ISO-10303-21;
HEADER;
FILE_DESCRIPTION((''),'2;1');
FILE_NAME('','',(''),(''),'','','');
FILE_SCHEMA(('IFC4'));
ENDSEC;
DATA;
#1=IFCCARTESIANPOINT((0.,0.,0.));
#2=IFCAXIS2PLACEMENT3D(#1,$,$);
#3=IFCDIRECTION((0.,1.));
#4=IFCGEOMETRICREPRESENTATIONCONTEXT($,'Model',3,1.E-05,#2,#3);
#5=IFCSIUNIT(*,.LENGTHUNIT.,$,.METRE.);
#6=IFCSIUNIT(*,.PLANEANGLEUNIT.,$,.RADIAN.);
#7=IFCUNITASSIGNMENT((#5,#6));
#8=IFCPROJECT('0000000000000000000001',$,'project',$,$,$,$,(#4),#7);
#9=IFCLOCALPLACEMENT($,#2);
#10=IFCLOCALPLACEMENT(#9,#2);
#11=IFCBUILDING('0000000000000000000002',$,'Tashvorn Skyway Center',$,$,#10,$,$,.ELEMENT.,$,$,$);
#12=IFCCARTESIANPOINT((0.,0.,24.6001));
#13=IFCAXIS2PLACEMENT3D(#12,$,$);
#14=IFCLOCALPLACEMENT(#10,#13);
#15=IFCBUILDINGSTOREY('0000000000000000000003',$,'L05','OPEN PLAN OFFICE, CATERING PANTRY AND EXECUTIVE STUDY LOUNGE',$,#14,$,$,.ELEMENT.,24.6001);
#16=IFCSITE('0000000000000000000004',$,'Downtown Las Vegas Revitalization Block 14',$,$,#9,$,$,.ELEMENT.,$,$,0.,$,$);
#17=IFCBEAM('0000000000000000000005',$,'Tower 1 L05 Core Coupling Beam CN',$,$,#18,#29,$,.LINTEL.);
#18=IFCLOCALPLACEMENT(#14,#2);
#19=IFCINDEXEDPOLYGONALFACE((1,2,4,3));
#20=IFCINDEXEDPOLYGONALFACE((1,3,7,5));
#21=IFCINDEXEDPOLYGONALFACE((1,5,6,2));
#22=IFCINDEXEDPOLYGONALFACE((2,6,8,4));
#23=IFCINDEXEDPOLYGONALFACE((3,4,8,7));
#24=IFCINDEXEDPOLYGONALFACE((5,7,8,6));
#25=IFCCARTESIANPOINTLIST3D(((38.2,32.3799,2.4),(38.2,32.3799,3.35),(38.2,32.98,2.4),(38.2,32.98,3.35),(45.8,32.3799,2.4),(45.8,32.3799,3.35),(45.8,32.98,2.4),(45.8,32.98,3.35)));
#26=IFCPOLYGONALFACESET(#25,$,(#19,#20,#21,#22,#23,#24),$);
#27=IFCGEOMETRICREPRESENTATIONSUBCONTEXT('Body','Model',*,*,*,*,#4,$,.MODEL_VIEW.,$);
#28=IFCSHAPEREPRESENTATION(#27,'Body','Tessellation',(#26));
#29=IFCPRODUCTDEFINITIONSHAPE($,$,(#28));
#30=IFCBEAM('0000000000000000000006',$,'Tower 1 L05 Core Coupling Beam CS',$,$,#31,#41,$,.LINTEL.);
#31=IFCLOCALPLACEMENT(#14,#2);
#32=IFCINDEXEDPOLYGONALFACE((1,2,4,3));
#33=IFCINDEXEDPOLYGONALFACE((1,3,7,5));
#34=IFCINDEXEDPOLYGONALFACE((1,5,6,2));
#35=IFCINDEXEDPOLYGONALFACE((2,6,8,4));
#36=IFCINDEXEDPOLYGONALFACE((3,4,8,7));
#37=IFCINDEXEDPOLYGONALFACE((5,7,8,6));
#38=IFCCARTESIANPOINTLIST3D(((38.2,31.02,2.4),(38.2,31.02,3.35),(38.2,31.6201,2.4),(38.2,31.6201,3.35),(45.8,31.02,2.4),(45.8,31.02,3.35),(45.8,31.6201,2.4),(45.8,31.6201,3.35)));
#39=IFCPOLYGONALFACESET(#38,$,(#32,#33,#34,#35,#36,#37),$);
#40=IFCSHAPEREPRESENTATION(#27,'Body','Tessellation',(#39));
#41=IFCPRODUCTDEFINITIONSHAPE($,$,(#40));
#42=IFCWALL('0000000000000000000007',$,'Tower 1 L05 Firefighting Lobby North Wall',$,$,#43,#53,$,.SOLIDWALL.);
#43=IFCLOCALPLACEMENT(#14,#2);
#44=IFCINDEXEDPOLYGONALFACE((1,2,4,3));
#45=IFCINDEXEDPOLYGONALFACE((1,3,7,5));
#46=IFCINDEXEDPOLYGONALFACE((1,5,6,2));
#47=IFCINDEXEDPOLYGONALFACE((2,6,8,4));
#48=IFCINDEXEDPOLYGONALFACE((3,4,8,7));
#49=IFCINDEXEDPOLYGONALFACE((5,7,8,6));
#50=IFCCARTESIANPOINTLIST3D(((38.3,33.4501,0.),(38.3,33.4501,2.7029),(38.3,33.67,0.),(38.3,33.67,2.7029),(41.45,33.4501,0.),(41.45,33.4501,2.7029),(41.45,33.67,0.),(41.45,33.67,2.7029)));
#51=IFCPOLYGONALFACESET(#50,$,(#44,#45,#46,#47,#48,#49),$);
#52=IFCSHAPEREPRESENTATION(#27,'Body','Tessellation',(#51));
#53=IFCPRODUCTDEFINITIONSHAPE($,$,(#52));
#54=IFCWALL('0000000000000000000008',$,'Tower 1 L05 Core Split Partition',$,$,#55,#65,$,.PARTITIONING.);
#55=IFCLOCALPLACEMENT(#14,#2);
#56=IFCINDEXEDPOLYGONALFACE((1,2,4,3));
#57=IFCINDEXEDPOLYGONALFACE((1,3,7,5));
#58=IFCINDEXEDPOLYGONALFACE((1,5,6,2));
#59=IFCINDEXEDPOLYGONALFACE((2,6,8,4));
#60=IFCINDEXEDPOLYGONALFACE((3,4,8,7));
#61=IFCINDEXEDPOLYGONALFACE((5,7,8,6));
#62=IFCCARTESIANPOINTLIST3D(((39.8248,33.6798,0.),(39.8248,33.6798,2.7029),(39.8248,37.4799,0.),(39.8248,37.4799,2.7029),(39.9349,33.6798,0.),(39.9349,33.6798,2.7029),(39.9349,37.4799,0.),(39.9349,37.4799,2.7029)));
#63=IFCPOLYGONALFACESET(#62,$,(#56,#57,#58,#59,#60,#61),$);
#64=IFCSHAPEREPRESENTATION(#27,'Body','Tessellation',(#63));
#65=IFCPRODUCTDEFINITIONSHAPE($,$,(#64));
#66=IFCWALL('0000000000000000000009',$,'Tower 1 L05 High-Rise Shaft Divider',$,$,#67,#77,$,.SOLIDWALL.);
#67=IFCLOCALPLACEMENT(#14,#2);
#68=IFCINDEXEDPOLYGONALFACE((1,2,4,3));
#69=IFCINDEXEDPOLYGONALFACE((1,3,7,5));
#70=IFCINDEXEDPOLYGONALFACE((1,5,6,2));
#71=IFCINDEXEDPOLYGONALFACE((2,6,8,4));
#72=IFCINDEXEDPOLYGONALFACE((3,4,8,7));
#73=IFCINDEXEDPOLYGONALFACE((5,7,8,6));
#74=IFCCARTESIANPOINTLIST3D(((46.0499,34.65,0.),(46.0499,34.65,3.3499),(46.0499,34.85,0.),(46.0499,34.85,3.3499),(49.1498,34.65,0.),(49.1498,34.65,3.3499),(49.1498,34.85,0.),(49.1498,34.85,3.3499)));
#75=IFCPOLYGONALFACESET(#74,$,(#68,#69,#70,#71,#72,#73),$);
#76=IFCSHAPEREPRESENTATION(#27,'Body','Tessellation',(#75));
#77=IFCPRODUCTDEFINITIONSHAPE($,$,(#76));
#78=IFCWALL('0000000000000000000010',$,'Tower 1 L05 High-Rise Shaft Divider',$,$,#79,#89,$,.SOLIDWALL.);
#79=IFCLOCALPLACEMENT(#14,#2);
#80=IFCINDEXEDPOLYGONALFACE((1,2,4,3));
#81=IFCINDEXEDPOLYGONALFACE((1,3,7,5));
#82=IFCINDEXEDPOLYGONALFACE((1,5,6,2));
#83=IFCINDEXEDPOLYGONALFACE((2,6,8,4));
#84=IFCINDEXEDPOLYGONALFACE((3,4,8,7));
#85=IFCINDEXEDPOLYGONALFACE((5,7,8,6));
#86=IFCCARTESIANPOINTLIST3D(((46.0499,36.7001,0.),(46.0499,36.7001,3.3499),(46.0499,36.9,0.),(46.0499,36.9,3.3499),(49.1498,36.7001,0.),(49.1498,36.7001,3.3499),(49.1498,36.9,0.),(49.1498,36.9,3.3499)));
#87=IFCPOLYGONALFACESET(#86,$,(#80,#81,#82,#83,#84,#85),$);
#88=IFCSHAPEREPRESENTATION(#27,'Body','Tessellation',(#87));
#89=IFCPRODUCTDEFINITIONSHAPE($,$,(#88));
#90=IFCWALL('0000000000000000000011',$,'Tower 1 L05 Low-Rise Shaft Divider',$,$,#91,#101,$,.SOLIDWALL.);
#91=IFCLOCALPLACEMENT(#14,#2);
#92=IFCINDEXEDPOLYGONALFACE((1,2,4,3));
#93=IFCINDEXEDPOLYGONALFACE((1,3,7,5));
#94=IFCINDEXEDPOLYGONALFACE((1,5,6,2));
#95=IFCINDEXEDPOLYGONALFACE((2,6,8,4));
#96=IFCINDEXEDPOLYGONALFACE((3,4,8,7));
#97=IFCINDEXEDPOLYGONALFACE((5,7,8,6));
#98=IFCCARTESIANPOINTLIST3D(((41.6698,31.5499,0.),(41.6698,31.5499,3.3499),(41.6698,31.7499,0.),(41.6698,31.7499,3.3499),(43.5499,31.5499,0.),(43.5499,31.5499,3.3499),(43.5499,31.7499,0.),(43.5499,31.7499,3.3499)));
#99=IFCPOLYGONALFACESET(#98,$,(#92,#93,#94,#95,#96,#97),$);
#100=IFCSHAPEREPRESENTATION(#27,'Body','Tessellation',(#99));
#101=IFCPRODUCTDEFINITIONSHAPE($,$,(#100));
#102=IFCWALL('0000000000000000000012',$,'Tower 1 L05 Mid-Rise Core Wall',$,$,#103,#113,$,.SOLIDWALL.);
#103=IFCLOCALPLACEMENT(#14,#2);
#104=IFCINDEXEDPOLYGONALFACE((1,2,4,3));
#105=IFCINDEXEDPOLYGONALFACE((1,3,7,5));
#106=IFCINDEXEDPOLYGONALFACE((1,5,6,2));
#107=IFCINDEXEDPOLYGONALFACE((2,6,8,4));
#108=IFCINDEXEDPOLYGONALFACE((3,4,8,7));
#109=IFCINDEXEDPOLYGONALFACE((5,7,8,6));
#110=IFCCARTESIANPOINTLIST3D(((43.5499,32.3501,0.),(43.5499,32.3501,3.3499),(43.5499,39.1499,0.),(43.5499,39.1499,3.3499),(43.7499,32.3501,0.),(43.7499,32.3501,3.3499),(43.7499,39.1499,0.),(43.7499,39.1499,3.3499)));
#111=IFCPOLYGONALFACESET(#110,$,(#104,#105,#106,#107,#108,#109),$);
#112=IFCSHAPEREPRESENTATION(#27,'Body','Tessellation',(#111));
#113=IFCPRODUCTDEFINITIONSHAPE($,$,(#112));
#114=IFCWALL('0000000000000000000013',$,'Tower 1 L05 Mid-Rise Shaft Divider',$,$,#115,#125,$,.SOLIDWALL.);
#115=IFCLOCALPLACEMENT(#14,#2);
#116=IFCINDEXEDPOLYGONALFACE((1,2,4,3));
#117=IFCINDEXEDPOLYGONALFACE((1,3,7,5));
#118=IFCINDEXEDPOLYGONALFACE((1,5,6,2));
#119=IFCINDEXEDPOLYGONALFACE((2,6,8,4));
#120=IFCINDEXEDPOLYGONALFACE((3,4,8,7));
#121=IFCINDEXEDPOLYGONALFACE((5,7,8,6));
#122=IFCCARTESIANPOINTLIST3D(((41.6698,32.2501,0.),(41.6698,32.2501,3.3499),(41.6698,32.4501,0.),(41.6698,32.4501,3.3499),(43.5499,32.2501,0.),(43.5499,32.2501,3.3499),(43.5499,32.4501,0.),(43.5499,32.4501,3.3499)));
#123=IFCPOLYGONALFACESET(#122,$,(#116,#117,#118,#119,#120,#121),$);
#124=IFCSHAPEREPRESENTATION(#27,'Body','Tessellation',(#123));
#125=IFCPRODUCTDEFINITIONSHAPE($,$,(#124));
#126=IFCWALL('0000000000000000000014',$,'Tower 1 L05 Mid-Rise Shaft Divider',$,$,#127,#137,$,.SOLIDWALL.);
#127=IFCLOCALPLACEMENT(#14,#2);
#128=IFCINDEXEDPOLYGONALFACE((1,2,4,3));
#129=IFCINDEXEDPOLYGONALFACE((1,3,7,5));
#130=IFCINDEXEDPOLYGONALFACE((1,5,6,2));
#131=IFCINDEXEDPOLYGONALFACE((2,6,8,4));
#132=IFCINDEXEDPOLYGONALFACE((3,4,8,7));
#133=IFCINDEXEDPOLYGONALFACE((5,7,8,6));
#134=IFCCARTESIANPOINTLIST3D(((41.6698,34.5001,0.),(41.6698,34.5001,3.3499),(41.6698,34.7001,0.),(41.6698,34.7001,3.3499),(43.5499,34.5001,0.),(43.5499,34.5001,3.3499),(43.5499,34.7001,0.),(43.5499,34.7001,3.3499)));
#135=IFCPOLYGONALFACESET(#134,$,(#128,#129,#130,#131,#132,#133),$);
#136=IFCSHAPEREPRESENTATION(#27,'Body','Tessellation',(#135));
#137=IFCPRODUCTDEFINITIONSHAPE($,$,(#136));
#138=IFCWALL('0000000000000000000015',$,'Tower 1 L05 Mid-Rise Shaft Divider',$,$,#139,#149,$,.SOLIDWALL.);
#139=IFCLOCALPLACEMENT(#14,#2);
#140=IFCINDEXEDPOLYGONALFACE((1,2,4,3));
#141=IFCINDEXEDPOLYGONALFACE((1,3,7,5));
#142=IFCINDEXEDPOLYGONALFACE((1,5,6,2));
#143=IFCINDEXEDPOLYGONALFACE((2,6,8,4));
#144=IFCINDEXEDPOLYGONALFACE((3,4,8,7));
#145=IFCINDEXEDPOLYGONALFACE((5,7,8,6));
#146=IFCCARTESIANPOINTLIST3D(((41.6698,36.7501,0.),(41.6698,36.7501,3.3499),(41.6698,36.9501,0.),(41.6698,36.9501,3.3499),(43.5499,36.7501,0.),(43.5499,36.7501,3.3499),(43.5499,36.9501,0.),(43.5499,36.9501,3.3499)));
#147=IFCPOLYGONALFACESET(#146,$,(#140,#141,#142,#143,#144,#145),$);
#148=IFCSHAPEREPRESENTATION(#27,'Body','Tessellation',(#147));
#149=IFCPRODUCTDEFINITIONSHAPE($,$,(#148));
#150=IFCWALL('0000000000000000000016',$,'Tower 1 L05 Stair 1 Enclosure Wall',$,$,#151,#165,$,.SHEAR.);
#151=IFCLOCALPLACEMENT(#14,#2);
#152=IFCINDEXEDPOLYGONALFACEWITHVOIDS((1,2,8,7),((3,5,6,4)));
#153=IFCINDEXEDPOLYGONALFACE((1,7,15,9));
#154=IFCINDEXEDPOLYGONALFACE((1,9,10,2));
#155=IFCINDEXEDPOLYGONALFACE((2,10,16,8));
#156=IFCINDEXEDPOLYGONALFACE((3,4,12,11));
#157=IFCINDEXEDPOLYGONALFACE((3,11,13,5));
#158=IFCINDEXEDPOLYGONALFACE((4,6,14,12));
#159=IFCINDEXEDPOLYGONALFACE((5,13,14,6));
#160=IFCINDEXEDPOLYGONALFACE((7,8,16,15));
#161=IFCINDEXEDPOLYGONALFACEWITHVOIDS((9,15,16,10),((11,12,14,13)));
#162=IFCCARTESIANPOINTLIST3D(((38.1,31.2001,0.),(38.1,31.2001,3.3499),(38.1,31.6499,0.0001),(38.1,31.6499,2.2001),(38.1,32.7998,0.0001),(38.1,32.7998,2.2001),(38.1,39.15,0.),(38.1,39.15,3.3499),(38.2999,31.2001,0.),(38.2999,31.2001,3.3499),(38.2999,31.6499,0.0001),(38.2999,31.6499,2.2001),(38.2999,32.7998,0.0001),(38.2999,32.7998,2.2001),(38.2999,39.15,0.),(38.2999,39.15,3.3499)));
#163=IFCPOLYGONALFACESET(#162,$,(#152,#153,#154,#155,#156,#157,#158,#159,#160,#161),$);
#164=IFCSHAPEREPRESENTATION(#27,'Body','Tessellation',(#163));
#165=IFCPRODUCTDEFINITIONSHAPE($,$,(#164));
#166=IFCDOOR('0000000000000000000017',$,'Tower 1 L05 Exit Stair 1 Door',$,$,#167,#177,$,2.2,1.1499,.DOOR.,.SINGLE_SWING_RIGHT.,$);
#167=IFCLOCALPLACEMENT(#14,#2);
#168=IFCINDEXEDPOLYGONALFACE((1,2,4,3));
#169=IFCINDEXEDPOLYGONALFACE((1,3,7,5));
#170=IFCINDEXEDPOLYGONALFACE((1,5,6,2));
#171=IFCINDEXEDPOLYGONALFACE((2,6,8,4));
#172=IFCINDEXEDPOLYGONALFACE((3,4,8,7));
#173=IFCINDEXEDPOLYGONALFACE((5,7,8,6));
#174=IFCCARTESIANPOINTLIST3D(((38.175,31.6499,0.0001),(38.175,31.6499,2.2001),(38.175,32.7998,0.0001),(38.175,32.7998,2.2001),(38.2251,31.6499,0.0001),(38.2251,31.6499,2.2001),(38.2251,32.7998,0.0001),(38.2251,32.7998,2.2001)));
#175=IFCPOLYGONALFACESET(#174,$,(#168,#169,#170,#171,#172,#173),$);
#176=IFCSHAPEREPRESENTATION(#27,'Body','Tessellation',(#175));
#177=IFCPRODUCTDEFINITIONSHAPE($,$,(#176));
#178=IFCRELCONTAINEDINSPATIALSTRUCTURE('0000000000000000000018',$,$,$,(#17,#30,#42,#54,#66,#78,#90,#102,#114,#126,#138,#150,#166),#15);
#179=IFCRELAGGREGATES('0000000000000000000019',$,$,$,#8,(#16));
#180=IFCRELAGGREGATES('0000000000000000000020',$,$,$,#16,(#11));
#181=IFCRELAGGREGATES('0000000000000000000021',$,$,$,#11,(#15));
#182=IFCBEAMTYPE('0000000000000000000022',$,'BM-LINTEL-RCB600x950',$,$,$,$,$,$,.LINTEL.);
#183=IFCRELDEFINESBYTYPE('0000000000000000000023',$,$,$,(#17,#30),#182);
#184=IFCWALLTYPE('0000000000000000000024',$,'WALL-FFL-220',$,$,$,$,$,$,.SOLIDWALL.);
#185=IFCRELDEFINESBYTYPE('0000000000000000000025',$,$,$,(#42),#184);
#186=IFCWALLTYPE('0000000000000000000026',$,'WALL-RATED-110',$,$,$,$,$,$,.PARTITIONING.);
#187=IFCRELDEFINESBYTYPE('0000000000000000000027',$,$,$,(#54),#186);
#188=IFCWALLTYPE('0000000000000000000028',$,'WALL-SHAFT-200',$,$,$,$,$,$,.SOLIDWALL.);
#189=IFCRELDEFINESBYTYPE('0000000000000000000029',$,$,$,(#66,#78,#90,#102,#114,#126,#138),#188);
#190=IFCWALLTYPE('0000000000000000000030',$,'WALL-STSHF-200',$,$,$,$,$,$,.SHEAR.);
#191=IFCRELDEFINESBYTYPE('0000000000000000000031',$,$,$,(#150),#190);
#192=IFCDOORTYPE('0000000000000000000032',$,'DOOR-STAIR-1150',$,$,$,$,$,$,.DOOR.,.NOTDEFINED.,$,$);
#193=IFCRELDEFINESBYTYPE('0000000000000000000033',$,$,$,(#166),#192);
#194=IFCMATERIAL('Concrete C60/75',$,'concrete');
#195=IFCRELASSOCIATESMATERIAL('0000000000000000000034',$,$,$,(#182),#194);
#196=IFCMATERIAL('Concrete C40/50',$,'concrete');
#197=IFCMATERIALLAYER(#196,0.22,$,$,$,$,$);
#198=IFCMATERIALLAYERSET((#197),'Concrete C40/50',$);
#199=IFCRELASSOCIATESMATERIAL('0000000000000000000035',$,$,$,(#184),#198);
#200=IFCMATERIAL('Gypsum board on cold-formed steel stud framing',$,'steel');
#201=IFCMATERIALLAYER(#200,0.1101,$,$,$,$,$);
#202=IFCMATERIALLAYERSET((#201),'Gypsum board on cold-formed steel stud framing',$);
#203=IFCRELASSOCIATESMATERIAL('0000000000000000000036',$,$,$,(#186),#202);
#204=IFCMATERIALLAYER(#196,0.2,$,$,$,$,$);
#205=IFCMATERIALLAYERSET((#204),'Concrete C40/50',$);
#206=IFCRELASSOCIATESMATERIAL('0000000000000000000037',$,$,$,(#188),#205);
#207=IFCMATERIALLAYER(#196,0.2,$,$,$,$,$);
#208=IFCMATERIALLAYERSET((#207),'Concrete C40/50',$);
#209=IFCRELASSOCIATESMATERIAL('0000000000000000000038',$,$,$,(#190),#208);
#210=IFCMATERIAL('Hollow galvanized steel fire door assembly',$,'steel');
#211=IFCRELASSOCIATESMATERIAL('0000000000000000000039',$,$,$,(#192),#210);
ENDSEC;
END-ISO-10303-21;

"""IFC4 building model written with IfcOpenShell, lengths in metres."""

from ifc_helpers import new_model, si_unit, direction, frame, frame_2d, origin, origin_2d, place, context, subcontext, project, spatial, rectangle, extrude, material, layer, layer_set, material_profile, profile_set, type_object, element, fill, save


model = new_model("IFC4")

# Units and contexts
model_context = context("Model", 3, precision=1e-05, world=origin(), true_north=direction((0.0, 1.0)))
body_context = subcontext(model_context, "Body", "Model", "MODEL_VIEW")
ifc_project = project(units=[si_unit("LENGTHUNIT", "METRE"), si_unit("PLANEANGLEUNIT", "RADIAN")], contexts=[model_context])

# Site, building, storey
site_placement = place(None, origin())
site = spatial("IfcSite", under=ifc_project, at=site_placement, Name="Downtown Las Vegas Revitalization Block 14", CompositionType="ELEMENT", RefElevation=0.0)
building_placement = place(site_placement, origin())
building = spatial("IfcBuilding", under=site, at=building_placement, Name="Tashvorn Skyway Center", CompositionType="ELEMENT")
storey_placement = place(building_placement, frame((0.0, 0.0, 24.6001)))
storey = spatial("IfcBuildingStorey", under=building, at=storey_placement, Name="L05", Description="OPEN PLAN OFFICE, CATERING PANTRY AND EXECUTIVE STUDY LOUNGE", CompositionType="ELEMENT", Elevation=24.6001)

# Beams
ifc_material_1 = material(Name="Concrete C60/75", Category="concrete")
ifc_material_profile = material_profile(ifc_material_1, rectangle(XDim=0.6001, YDim=0.95, at=origin_2d()), Name="RCB600x950")
ifc_profile_set = profile_set([ifc_material_profile], Name="Concrete C60/75")
beam_type = type_object("IfcBeamType", Name="BM-LINTEL-RCB600x950", PredefinedType="LINTEL", material=ifc_profile_set)
for number, where, z_axis, x_axis, name in (
    (1, (38.2, 32.6799, 2.875), (1.0, 0.0, 0.0), (0.0, 1.0, 0.0), "Tower 1 L05 Core Coupling Beam CN"),
    (2, (38.2, 31.3201, 2.875), (1.0, 0.0, 0.0), (0.0, 1.0, 0.0), "Tower 1 L05 Core Coupling Beam CS"),
):
    element("IfcBeam", number, at=place(storey_placement, frame(where, z_axis=z_axis, x_axis=x_axis)), inside=storey, type_object=beam_type, Name=name, PredefinedType="LINTEL", context=body_context, shape_type="SweptSolid", body=[
        extrude(rectangle(XDim=0.6001, YDim=0.95, at=origin_2d()), origin(), (0.0, 0.0, 1.0), 7.6001),
    ])

# Walls
ifc_material_2 = material(Name="Concrete C40/50", Category="concrete")
ifc_layer_1 = layer(ifc_material_2, 0.22)
ifc_layer_set_1 = layer_set([ifc_layer_1], Name="Concrete C40/50")
wall_type_1 = type_object("IfcWallType", Name="WALL-FFL-220", PredefinedType="SOLIDWALL", material=ifc_layer_set_1)
wall_1_placement = place(storey_placement, frame((38.3, 33.5601, 0.0), z_axis=(0.0, 0.0, 1.0), x_axis=(1.0, 0.0, 0.0)))
element("IfcWall", 3, at=wall_1_placement, inside=storey, type_object=wall_type_1, Name="Tower 1 L05 Firefighting Lobby North Wall", PredefinedType="SOLIDWALL", context=body_context, shape_type="SweptSolid", body=[
    extrude(rectangle(XDim=3.1499, YDim=0.22, at=frame_2d((1.575, 0.0))), origin(), (0.0, 0.0, 1.0), 2.7029),
])
ifc_material_3 = material(Name="Gypsum board on cold-formed steel stud framing", Category="steel")
ifc_layer_2 = layer(ifc_material_3, 0.1101)
ifc_layer_set_2 = layer_set([ifc_layer_2], Name="Gypsum board on cold-formed steel stud framing")
wall_type_2 = type_object("IfcWallType", Name="WALL-RATED-110", PredefinedType="PARTITIONING", material=ifc_layer_set_2)
wall_2_placement = place(storey_placement, frame((39.8799, 33.6799, 0.0), z_axis=(0.0, 0.0, 1.0), x_axis=(0.0, 1.0, 0.0)))
element("IfcWall", 4, at=wall_2_placement, inside=storey, type_object=wall_type_2, Name="Tower 1 L05 Core Split Partition", PredefinedType="PARTITIONING", context=body_context, shape_type="SweptSolid", body=[
    extrude(rectangle(XDim=3.8, YDim=0.1101, at=frame_2d((1.8999, 0.0))), origin(), (0.0, 0.0, 1.0), 2.7029),
])
ifc_layer_3 = layer(ifc_material_2, 0.2)
ifc_layer_set_3 = layer_set([ifc_layer_3], Name="Concrete C40/50")
wall_type_3 = type_object("IfcWallType", Name="WALL-SHAFT-200", PredefinedType="SOLIDWALL", material=ifc_layer_set_3)
for number, where, z_axis, x_axis, name in (
    (5, (46.05, 34.75, 0.0), (0.0, 0.0, 1.0), (1.0, 0.0, 0.0), "Tower 1 L05 High-Rise Shaft Divider"),
    (6, (46.05, 36.8, 0.0), (0.0, 0.0, 1.0), (1.0, 0.0, 0.0), "Tower 1 L05 High-Rise Shaft Divider"),
):
    element("IfcWall", number, at=place(storey_placement, frame(where, z_axis=z_axis, x_axis=x_axis)), inside=storey, type_object=wall_type_3, Name=name, PredefinedType="SOLIDWALL", context=body_context, shape_type="SweptSolid", body=[
        extrude(rectangle(XDim=3.0999, YDim=0.2, at=frame_2d((1.5498, 0.0))), origin(), (0.0, 0.0, 1.0), 3.3499),
    ])
wall_3_placement = place(storey_placement, frame((41.6699, 31.6499, 0.0), z_axis=(0.0, 0.0, 1.0), x_axis=(1.0, 0.0, 0.0)))
element("IfcWall", 7, at=wall_3_placement, inside=storey, type_object=wall_type_3, Name="Tower 1 L05 Low-Rise Shaft Divider", PredefinedType="SOLIDWALL", context=body_context, shape_type="SweptSolid", body=[
    extrude(rectangle(XDim=1.8801, YDim=0.2, at=frame_2d((0.9399, 0.0))), origin(), (0.0, 0.0, 1.0), 3.3499),
])
wall_4_placement = place(storey_placement, frame((43.6499, 32.3501, 0.0), z_axis=(0.0, 0.0, 1.0), x_axis=(0.0, 1.0, 0.0)))
element("IfcWall", 8, at=wall_4_placement, inside=storey, type_object=wall_type_3, Name="Tower 1 L05 Mid-Rise Core Wall", PredefinedType="SOLIDWALL", context=body_context, shape_type="SweptSolid", body=[
    extrude(rectangle(XDim=6.7998, YDim=0.2, at=frame_2d((3.3999, 0.0))), origin(), (0.0, 0.0, 1.0), 3.3499),
])
for number, where, z_axis, x_axis, name in (
    (9, (41.6699, 32.3501, 0.0), (0.0, 0.0, 1.0), (1.0, 0.0, 0.0), "Tower 1 L05 Mid-Rise Shaft Divider"),
    (10, (41.6699, 34.6001, 0.0), (0.0, 0.0, 1.0), (1.0, 0.0, 0.0), "Tower 1 L05 Mid-Rise Shaft Divider"),
    (11, (41.6699, 36.8501, 0.0), (0.0, 0.0, 1.0), (1.0, 0.0, 0.0), "Tower 1 L05 Mid-Rise Shaft Divider"),
):
    element("IfcWall", number, at=place(storey_placement, frame(where, z_axis=z_axis, x_axis=x_axis)), inside=storey, type_object=wall_type_3, Name=name, PredefinedType="SOLIDWALL", context=body_context, shape_type="SweptSolid", body=[
        extrude(rectangle(XDim=1.8801, YDim=0.2, at=frame_2d((0.9399, 0.0))), origin(), (0.0, 0.0, 1.0), 3.3499),
    ])

# Wall, opening, door
ifc_layer_4 = layer(ifc_material_2, 0.2)
ifc_layer_set_4 = layer_set([ifc_layer_4], Name="Concrete C40/50")
wall_type_4 = type_object("IfcWallType", Name="WALL-STSHF-200", PredefinedType="SHEAR", material=ifc_layer_set_4)
wall_5_placement = place(storey_placement, frame((38.2, 31.2, 0.0), z_axis=(0.0, 0.0, 1.0), x_axis=(0.0, 1.0, 0.0)))
wall_5 = element("IfcWall", 12, at=wall_5_placement, inside=storey, type_object=wall_type_4, Name="Tower 1 L05 Stair 1 Enclosure Wall", PredefinedType="SHEAR", context=body_context, shape_type="SweptSolid", body=[
    extrude(rectangle(XDim=7.95, YDim=0.2, at=frame_2d((3.9751, 0.0))), origin(), (0.0, 0.0, 1.0), 3.3499),
])
opening_1_placement = place(wall_5_placement, frame((0.45, 0.0, 0.0)))
opening_1 = element("IfcOpeningElement", 13, at=opening_1_placement, cuts=wall_5, PredefinedType="OPENING", context=body_context, shape_type="SweptSolid", body=[
    extrude(rectangle(XDim=1.1499, YDim=2.2, at=frame_2d((0.575, 1.1001))), frame((0.0, 0.1099, 0.0), z_axis=(0.0, -1.0, 0.0), x_axis=(1.0, 0.0, 0.0)), (0.0, 0.0, 1.0), 0.22),
])
ifc_material_4 = material(Name="Hollow galvanized steel fire door assembly", Category="steel")
door_type = type_object("IfcDoorType", Name="DOOR-STAIR-1150", OperationType="NOTDEFINED", PredefinedType="DOOR", material=ifc_material_4)
door_1_placement = place(opening_1_placement, origin())
door_1 = element("IfcDoor", 14, at=door_1_placement, inside=storey, type_object=door_type, Name="Tower 1 L05 Exit Stair 1 Door", OperationType="SINGLE_SWING_RIGHT", OverallHeight=2.2, OverallWidth=1.1499, PredefinedType="DOOR", context=body_context, shape_type="SweptSolid", body=[
    extrude(rectangle(XDim=1.1499, YDim=2.2, at=frame_2d((0.575, 1.1001))), frame((0.0, 0.0249, 0.0), z_axis=(0.0, -1.0, 0.0), x_axis=(1.0, 0.0, 0.0)), (0.0, 0.0, 1.0), 0.05),
])
fill(opening_1, door_1)

save(model, "model.ifc")
